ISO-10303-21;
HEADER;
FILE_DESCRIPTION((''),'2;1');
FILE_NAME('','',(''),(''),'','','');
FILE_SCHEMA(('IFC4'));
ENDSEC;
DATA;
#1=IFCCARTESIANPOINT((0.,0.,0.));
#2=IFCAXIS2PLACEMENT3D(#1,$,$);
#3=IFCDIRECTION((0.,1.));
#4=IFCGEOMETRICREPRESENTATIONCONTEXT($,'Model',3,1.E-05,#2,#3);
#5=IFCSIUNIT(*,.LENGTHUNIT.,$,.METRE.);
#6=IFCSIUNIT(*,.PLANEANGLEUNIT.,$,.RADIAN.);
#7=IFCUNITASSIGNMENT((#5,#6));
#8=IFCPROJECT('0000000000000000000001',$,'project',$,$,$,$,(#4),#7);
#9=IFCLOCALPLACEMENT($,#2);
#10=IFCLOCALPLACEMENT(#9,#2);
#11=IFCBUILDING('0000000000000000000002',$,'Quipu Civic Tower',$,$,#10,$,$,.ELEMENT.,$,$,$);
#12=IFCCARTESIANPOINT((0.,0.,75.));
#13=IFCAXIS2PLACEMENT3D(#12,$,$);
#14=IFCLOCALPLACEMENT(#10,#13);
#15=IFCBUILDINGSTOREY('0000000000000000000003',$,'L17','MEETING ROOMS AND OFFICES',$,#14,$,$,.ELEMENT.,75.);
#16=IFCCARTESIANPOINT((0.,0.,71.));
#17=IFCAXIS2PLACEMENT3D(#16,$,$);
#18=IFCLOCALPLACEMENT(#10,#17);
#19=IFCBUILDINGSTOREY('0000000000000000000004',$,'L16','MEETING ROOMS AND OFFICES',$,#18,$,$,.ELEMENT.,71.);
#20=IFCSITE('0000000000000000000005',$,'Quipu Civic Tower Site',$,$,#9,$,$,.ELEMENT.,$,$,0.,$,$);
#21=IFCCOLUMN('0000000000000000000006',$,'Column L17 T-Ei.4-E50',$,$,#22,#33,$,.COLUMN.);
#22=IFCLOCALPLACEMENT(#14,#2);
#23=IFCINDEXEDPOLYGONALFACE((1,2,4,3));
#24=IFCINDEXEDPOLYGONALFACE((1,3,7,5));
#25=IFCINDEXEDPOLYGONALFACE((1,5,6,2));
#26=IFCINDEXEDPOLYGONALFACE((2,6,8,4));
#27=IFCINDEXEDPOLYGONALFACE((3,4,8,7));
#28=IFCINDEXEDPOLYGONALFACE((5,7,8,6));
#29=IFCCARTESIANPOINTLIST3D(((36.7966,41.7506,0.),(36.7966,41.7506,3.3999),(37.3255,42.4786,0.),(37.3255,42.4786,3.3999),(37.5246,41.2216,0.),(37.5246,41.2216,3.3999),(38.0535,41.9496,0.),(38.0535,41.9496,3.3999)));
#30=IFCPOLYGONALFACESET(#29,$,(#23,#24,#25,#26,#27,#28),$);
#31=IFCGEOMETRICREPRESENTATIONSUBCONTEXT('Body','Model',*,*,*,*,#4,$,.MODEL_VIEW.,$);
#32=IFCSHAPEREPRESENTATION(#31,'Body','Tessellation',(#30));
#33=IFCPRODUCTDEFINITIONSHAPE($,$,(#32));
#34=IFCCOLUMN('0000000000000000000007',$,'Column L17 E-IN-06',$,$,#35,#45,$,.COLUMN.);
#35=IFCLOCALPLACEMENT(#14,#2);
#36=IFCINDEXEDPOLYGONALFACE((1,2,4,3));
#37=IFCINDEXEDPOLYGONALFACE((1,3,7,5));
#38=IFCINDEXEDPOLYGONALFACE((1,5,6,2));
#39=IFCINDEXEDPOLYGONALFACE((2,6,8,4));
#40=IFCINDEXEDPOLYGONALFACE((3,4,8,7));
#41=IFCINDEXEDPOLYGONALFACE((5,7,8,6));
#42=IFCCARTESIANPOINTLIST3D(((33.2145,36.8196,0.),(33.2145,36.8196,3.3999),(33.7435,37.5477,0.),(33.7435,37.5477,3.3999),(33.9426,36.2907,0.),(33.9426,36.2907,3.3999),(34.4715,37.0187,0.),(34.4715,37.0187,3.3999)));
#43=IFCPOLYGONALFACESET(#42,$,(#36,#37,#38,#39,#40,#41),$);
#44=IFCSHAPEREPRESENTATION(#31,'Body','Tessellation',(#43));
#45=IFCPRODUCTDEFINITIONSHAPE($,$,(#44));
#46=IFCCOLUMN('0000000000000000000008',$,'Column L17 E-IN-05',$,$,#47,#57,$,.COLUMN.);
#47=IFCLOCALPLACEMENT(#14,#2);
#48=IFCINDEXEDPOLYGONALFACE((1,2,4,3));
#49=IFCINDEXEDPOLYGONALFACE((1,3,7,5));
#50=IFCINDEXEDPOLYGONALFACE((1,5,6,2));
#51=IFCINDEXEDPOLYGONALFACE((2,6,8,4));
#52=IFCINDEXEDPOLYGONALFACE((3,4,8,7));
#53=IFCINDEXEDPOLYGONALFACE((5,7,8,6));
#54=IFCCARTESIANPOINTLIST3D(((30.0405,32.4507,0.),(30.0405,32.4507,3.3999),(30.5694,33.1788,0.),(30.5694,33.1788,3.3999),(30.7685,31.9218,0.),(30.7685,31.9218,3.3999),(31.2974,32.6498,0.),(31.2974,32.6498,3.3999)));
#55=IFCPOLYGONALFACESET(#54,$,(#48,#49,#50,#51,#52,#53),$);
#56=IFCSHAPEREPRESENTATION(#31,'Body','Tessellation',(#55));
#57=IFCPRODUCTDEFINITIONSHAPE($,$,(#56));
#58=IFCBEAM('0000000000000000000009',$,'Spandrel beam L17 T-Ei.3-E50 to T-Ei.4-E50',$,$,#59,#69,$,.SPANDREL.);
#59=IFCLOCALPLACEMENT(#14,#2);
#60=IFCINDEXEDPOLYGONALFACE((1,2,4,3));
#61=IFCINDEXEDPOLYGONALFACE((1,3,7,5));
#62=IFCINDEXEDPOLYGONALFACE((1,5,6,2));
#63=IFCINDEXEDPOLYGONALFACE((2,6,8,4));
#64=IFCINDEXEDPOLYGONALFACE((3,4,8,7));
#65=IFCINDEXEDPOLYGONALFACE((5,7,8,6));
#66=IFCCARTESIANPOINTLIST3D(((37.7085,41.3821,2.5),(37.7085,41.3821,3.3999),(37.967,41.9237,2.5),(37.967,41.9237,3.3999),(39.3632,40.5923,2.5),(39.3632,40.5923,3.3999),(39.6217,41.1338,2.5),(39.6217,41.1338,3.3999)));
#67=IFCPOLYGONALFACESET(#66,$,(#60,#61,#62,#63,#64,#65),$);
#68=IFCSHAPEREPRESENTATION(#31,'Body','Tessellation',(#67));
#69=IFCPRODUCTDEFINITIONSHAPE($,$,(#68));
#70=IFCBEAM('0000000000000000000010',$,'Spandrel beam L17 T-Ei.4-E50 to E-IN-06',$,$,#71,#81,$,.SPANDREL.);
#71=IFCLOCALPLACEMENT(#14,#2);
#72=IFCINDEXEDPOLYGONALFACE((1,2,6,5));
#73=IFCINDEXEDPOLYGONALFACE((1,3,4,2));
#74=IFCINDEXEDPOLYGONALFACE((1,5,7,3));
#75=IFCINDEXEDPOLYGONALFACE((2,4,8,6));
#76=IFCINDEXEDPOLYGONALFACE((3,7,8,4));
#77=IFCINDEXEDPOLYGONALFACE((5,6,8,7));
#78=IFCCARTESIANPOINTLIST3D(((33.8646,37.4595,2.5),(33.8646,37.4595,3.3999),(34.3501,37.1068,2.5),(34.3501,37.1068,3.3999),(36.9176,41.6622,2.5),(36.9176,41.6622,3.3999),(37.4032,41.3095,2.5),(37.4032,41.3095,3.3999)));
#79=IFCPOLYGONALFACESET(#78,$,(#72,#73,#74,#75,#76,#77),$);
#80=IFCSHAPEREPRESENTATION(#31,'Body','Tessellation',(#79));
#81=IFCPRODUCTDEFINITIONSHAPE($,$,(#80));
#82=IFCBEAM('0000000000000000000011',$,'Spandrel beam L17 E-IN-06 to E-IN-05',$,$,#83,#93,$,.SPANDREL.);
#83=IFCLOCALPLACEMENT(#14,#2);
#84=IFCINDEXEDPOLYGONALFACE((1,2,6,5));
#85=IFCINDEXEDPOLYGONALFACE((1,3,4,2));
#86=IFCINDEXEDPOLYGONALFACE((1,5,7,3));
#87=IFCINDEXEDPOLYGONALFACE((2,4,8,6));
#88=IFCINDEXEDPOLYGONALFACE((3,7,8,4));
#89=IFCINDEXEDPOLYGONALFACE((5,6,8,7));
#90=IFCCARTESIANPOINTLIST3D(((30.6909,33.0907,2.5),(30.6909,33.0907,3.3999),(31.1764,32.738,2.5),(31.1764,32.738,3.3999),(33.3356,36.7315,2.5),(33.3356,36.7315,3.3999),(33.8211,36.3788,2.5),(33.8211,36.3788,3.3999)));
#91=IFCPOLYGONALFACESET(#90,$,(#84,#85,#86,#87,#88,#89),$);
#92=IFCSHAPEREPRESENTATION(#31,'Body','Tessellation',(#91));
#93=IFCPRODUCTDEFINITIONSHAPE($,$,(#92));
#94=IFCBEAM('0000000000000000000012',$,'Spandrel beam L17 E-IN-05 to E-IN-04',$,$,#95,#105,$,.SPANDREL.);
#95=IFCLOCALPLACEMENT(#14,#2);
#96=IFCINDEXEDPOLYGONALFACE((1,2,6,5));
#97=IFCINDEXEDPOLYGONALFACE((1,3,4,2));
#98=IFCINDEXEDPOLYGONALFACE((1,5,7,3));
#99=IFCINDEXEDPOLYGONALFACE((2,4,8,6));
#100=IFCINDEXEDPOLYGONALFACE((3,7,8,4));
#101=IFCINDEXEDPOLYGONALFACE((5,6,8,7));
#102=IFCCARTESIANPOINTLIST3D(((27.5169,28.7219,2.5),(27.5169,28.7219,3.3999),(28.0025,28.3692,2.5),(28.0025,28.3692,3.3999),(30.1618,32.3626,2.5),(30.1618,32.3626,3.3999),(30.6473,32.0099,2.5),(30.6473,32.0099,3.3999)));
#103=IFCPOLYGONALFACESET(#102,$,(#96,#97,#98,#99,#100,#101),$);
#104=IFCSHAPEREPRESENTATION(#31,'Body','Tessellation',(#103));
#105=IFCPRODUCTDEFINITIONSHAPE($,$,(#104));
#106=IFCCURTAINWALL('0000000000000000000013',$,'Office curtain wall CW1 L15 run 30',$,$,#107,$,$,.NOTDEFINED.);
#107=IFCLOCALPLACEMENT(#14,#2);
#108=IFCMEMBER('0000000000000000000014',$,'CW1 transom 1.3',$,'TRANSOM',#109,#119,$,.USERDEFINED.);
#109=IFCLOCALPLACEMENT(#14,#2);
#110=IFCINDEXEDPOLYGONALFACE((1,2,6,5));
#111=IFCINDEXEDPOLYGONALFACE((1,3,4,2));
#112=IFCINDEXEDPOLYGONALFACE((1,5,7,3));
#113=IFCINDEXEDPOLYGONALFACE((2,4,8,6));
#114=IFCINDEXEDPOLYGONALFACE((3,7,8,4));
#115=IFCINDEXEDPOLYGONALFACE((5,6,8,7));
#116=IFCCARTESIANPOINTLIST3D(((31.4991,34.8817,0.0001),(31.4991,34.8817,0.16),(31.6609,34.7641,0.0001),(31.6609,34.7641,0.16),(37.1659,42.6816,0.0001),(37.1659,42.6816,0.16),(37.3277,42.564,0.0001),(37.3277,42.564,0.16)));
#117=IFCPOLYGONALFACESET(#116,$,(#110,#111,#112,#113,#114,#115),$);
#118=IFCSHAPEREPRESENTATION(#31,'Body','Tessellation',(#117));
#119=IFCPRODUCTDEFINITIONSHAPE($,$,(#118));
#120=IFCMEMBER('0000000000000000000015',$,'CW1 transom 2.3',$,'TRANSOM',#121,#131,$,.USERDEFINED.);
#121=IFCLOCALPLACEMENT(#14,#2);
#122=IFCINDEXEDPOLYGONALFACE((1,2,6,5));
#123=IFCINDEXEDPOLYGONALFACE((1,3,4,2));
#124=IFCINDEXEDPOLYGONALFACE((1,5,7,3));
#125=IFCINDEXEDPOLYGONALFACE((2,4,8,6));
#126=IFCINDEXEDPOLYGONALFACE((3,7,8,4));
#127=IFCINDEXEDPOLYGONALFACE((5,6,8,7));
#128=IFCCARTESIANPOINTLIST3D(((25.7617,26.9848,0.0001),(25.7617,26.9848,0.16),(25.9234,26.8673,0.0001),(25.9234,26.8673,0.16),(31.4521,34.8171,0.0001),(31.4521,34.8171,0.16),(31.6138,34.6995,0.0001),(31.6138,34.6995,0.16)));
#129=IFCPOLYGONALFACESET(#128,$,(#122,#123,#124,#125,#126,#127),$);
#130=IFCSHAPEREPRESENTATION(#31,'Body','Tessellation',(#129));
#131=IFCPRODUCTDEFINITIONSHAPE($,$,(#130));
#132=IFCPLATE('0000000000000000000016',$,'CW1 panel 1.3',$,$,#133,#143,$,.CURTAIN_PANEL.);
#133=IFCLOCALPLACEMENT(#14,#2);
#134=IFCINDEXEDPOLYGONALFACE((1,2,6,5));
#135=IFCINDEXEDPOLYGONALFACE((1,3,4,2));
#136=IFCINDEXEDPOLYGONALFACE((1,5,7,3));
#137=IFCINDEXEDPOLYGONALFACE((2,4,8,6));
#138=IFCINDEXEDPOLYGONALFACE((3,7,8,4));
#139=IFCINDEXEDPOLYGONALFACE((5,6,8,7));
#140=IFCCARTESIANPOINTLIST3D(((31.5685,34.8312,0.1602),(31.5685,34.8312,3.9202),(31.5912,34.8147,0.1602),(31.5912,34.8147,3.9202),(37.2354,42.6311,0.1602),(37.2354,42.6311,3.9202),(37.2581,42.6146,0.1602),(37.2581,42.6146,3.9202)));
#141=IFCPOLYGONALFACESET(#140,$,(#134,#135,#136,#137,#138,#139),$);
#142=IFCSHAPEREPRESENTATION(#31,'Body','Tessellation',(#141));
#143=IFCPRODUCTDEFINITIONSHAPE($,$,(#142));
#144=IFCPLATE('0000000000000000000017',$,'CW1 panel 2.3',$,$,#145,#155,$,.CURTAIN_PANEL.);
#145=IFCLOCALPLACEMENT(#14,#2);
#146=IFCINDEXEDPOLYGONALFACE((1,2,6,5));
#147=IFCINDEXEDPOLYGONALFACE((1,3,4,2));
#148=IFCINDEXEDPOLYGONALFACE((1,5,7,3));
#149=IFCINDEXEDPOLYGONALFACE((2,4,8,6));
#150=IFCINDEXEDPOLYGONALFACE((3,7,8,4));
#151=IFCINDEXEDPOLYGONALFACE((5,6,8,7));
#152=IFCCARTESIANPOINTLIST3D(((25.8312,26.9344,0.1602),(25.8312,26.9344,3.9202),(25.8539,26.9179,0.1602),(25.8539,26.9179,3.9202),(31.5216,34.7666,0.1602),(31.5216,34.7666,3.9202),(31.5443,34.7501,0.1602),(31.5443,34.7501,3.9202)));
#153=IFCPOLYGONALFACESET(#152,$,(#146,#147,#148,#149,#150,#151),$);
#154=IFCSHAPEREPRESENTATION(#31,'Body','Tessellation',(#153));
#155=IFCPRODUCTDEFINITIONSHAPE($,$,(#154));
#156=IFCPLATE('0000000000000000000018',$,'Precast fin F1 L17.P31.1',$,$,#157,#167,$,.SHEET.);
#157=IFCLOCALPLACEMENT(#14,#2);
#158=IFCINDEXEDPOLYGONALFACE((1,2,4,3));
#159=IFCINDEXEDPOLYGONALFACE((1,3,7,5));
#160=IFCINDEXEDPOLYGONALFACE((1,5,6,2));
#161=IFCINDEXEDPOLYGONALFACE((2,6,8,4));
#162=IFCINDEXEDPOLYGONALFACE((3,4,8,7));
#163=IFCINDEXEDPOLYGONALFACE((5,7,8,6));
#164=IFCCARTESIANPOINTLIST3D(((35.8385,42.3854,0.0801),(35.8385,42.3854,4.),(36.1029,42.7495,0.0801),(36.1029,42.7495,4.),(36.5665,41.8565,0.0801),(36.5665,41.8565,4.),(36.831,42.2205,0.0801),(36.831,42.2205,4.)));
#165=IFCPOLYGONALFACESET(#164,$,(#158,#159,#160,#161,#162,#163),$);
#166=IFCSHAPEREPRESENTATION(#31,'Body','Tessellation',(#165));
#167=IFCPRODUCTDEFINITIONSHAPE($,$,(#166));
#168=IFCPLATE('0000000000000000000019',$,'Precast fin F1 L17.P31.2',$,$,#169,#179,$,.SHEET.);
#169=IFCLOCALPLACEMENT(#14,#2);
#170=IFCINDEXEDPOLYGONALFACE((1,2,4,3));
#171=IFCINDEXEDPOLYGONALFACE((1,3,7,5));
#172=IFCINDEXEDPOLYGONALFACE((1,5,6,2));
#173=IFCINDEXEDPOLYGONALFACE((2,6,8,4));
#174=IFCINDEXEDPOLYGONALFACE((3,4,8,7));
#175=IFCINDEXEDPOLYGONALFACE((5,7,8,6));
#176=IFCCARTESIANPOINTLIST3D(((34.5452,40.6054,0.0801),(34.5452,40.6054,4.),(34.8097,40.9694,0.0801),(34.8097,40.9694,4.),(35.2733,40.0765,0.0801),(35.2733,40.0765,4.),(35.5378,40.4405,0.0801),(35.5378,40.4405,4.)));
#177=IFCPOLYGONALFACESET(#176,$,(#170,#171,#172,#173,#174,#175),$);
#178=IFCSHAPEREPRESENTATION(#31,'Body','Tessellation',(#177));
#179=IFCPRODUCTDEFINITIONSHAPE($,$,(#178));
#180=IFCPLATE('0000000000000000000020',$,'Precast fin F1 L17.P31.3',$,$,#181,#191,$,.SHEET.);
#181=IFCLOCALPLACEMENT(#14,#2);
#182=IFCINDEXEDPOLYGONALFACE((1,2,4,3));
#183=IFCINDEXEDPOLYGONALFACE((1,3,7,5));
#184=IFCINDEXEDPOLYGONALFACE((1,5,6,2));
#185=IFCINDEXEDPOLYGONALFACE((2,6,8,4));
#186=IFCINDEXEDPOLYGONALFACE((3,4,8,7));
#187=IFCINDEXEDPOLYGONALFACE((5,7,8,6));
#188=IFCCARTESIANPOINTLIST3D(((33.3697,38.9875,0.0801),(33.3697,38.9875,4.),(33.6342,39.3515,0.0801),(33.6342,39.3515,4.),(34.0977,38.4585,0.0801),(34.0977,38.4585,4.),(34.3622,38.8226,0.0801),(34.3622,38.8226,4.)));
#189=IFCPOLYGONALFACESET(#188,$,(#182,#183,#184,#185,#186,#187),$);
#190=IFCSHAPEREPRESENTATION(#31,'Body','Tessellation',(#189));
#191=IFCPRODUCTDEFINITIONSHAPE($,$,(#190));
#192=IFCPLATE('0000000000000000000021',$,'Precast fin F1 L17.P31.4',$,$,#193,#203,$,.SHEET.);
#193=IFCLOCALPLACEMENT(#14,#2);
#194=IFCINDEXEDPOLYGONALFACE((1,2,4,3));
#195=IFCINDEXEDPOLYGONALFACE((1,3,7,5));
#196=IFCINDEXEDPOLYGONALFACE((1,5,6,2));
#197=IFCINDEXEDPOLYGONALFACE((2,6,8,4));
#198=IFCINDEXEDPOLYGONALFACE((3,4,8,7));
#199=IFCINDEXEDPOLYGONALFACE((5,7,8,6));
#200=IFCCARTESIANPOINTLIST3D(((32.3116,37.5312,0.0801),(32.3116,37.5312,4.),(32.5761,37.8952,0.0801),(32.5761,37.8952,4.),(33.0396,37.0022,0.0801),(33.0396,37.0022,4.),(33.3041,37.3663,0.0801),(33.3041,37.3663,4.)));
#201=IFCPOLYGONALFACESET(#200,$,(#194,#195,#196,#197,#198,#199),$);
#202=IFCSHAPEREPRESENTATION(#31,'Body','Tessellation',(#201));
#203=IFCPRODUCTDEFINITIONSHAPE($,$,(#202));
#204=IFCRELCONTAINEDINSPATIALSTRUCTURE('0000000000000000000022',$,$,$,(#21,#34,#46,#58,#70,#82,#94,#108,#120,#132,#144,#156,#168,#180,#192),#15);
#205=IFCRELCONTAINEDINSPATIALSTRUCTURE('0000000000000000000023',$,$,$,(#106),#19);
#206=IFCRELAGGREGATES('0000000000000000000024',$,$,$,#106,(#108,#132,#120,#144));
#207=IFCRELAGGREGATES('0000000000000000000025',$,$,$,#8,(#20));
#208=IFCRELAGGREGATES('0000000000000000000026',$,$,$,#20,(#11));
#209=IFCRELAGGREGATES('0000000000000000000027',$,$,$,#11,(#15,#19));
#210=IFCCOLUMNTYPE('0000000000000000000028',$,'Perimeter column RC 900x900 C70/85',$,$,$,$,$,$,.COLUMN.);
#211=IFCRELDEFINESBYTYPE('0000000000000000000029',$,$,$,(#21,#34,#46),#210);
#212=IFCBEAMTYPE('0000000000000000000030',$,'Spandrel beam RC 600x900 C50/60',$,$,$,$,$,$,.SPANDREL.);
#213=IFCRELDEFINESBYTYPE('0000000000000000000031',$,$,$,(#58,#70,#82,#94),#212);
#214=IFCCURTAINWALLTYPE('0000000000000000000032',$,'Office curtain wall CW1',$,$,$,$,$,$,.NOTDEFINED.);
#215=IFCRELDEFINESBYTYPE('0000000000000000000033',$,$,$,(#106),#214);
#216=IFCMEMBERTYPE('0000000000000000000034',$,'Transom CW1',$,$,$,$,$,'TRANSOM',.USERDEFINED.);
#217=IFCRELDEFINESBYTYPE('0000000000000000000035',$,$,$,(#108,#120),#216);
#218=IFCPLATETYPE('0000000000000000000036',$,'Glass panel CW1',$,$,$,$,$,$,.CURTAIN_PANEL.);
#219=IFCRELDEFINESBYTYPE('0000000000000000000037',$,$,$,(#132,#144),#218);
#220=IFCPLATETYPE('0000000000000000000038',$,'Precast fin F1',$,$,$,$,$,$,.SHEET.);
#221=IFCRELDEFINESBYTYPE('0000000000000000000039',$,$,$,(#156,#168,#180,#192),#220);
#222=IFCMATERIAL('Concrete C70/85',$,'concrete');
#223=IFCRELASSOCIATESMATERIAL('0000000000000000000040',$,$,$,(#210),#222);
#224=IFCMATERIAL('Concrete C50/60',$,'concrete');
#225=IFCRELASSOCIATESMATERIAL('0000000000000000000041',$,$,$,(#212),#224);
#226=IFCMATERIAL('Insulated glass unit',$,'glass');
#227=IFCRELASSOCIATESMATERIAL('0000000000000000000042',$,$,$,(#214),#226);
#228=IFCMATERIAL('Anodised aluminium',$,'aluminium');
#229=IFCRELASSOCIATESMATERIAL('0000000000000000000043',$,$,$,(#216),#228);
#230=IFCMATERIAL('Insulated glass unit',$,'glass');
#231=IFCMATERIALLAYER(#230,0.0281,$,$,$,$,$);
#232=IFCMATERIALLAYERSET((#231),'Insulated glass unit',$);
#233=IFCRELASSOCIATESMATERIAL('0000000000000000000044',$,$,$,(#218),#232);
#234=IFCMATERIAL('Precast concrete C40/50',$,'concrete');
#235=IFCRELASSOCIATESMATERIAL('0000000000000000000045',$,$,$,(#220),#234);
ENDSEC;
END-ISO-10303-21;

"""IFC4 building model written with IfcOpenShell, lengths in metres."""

from ifc_helpers import new_model, si_unit, direction, frame, origin, origin_2d, place, context, subcontext, project, spatial, rectangle, extrude, material, layer, layer_set, material_profile, profile_set, type_object, element, aggregate, save


model = new_model("IFC4")

# Units and contexts
model_context = context("Model", 3, precision=1e-05, world=origin(), true_north=direction((0.0, 1.0)))
body_context = subcontext(model_context, "Body", "Model", "MODEL_VIEW")
ifc_project = project(units=[si_unit("LENGTHUNIT", "METRE"), si_unit("PLANEANGLEUNIT", "RADIAN")], contexts=[model_context])

# Site, building, storey
site_placement = place(None, origin())
site = spatial("IfcSite", under=ifc_project, at=site_placement, Name="Quipu Civic Tower Site", CompositionType="ELEMENT", RefElevation=0.0)
building_placement = place(site_placement, origin())
building = spatial("IfcBuilding", under=site, at=building_placement, Name="Quipu Civic Tower", CompositionType="ELEMENT")
storey_1_placement = place(building_placement, frame((0.0, 0.0, 75.0)))
storey_1 = spatial("IfcBuildingStorey", under=building, at=storey_1_placement, Name="L17", Description="MEETING ROOMS AND OFFICES", CompositionType="ELEMENT", Elevation=75.0)

# Columns
ifc_material_1 = material(Name="Concrete C70/85", Category="concrete")
ifc_material_profile_1 = material_profile(ifc_material_1, rectangle(XDim=0.8999, YDim=0.8999, at=origin_2d()), Name="RC900x900")
ifc_profile_set_1 = profile_set([ifc_material_profile_1], Name="Concrete C70/85")
column_type = type_object("IfcColumnType", Name="Perimeter column RC 900x900 C70/85", PredefinedType="COLUMN", material=ifc_profile_set_1)
for number, where, z_axis, x_axis, name in (
    (1, (37.425, 41.8501, 0.0), (0.0, 0.0, 1.0), (-0.587785, -0.809017, 0.0), "Column L17 T-Ei.4-E50"),
    (2, (33.843, 36.9192, 0.0), (0.0, 0.0, 1.0), (-0.587785, -0.809017, 0.0), "Column L17 E-IN-06"),
    (3, (30.6689, 32.5503, 0.0), (0.0, 0.0, 1.0), (-0.587785, -0.809017, 0.0), "Column L17 E-IN-05"),
):
    element("IfcColumn", number, at=place(storey_1_placement, frame(where, z_axis=z_axis, x_axis=x_axis)), inside=storey_1, type_object=column_type, Name=name, PredefinedType="COLUMN", context=body_context, shape_type="SweptSolid", body=[
        extrude(rectangle(XDim=0.8999, YDim=0.8999, at=origin_2d()), origin(), (0.0, 0.0, 1.0), 3.3999),
    ])

# Beams
ifc_material_2 = material(Name="Concrete C50/60", Category="concrete")
ifc_material_profile_2 = material_profile(ifc_material_2, rectangle(XDim=0.6001, YDim=0.8999, at=origin_2d()), Name="RC600x900")
ifc_profile_set_2 = profile_set([ifc_material_profile_2], Name="Concrete C50/60")
beam_type = type_object("IfcBeamType", Name="Spandrel beam RC 600x900 C50/60", PredefinedType="SPANDREL", material=ifc_profile_set_2)
beam_1_placement = place(storey_1_placement, frame((39.4924, 40.863, 2.95), z_axis=(-0.902454, 0.430786, 0.0), x_axis=(-0.430786, -0.902454, 0.0)))
element("IfcBeam", 4, at=beam_1_placement, inside=storey_1, type_object=beam_type, Name="Spandrel beam L17 T-Ei.3-E50 to T-Ei.4-E50", PredefinedType="SPANDREL", context=body_context, shape_type="SweptSolid", body=[
    extrude(rectangle(XDim=0.6001, YDim=0.8999, at=origin_2d()), origin(), (0.0, 0.0, 1.0), 1.8335),
])
beam_2_placement = place(storey_1_placement, frame((37.1604, 41.4858, 2.95), z_axis=(-0.587733, -0.809055, 0.0), x_axis=(0.809055, -0.587733, 0.0)))
element("IfcBeam", 5, at=beam_2_placement, inside=storey_1, type_object=beam_type, Name="Spandrel beam L17 T-Ei.4-E50 to E-IN-06", PredefinedType="SPANDREL", context=body_context, shape_type="SweptSolid", body=[
    extrude(rectangle(XDim=0.6001, YDim=0.8999, at=origin_2d()), origin(), (0.0, 0.0, 1.0), 5.1946),
])
for number, where, z_axis, x_axis, name in (
    (6, (33.5784, 36.5552, 2.95), (-0.587717, -0.809067, 0.0), (0.809067, -0.587717, 0.0), "Spandrel beam L17 E-IN-06 to E-IN-05"),
    (7, (30.4045, 32.1863, 2.95), (-0.587743, -0.809048, 0.0), (0.809048, -0.587743, 0.0), "Spandrel beam L17 E-IN-05 to E-IN-04"),
):
    element("IfcBeam", number, at=place(storey_1_placement, frame(where, z_axis=z_axis, x_axis=x_axis)), inside=storey_1, type_object=beam_type, Name=name, PredefinedType="SPANDREL", context=body_context, shape_type="SweptSolid", body=[
        extrude(rectangle(XDim=0.6001, YDim=0.8999, at=origin_2d()), origin(), (0.0, 0.0, 1.0), 4.5),
    ])

# Shared definitions
storey_2_placement = place(building_placement, frame((0.0, 0.0, 71.0)))
storey_2 = spatial("IfcBuildingStorey", under=building, at=storey_2_placement, Name="L16", Description="MEETING ROOMS AND OFFICES", CompositionType="ELEMENT", Elevation=71.0)

# Curtain wall, members, plates
ifc_material_3 = material(Name="Insulated glass unit", Category="glass")
curtain_wall_type = type_object("IfcCurtainWallType", Name="Office curtain wall CW1", PredefinedType="NOTDEFINED", material=ifc_material_3)
curtain_wall_placement = place(storey_2_placement, origin())
curtain_wall = element("IfcCurtainWall", 8, at=curtain_wall_placement, inside=storey_2, type_object=curtain_wall_type, Name="Office curtain wall CW1 L15 run 30", PredefinedType="NOTDEFINED")
ifc_material_4 = material(Name="Anodised aluminium", Category="aluminium")
ifc_material_profile_3 = material_profile(ifc_material_4, rectangle(XDim=0.2, YDim=0.1599, at=origin_2d()), Name="RECT 200x160")
ifc_profile_set_3 = profile_set([ifc_material_profile_3], Name="Anodised aluminium")
member_type = type_object("IfcMemberType", Name="Transom CW1", ElementType="TRANSOM", PredefinedType="USERDEFINED", material=ifc_profile_set_3)
member_1_placement = place(storey_1_placement, frame((37.2468, 42.6228, 0.0801), z_axis=(-0.587776, -0.809024, 0.0), x_axis=(0.809024, -0.587776, 0.0)))
member_1 = element("IfcMember", 9, at=member_1_placement, inside=storey_1, type_object=member_type, Name="CW1 transom 1.3", ObjectType="TRANSOM", PredefinedType="USERDEFINED", context=body_context, shape_type="SweptSolid", body=[
    extrude(rectangle(XDim=0.2, YDim=0.1599, at=origin_2d()), origin(), (0.0, 0.0, 1.0), 9.6411),
])
member_2_placement = place(storey_1_placement, frame((31.533, 34.7583, 0.0801), z_axis=(-0.587782, -0.80902, 0.0), x_axis=(0.80902, -0.587782, 0.0)))
member_2 = element("IfcMember", 10, at=member_2_placement, inside=storey_1, type_object=member_type, Name="CW1 transom 2.3", ObjectType="TRANSOM", PredefinedType="USERDEFINED", context=body_context, shape_type="SweptSolid", body=[
    extrude(rectangle(XDim=0.2, YDim=0.1599, at=origin_2d()), origin(), (0.0, 0.0, 1.0), 9.6812),
])
ifc_material_5 = material(Name="Insulated glass unit", Category="glass")
ifc_layer_1 = layer(ifc_material_5, 0.0281)
ifc_layer_set_1 = layer_set([ifc_layer_1], Name="Insulated glass unit")
plate_type_1 = type_object("IfcPlateType", Name="Glass panel CW1", PredefinedType="CURTAIN_PANEL", material=ifc_layer_set_1)
plate_1_placement = place(storey_1_placement, frame((34.4133, 38.7229, 0.1602), z_axis=(0.0, 0.0, 1.0), x_axis=(-0.587786, -0.809017, 0.0)))
plate_1 = element("IfcPlate", 11, at=plate_1_placement, inside=storey_1, type_object=plate_type_1, Name="CW1 panel 1.3", PredefinedType="CURTAIN_PANEL", context=body_context, shape_type="SweptSolid", body=[
    extrude(rectangle(XDim=9.6411, YDim=0.0281, at=origin_2d()), origin(), (0.0, 0.0, 1.0), 3.76),
])
plate_2_placement = place(storey_1_placement, frame((28.6877, 30.8423, 0.1602), z_axis=(0.0, 0.0, 1.0), x_axis=(-0.587786, -0.809017, 0.0)))
plate_2 = element("IfcPlate", 12, at=plate_2_placement, inside=storey_1, type_object=plate_type_1, Name="CW1 panel 2.3", PredefinedType="CURTAIN_PANEL", context=body_context, shape_type="SweptSolid", body=[
    extrude(rectangle(XDim=9.6812, YDim=0.0281, at=origin_2d()), origin(), (0.0, 0.0, 1.0), 3.76),
])
aggregate(curtain_wall, [member_1, plate_1, member_2, plate_2])

# Plates
ifc_material_6 = material(Name="Precast concrete C40/50", Category="concrete")
plate_type_2 = type_object("IfcPlateType", Name="Precast fin F1", PredefinedType="SHEET", material=ifc_material_6)
for number, where, z_axis, x_axis, name in (
    (13, (36.3347, 42.303, 0.0801), (0.0, 0.0, 1.0), (-0.587785, -0.809017, 0.0), "Precast fin F1 L17.P31.1"),
    (14, (35.0415, 40.5229, 0.0801), (0.0, 0.0, 1.0), (-0.587785, -0.809017, 0.0), "Precast fin F1 L17.P31.2"),
    (15, (33.866, 38.905, 0.0801), (0.0, 0.0, 1.0), (-0.587785, -0.809017, 0.0), "Precast fin F1 L17.P31.3"),
    (16, (32.8079, 37.4487, 0.0801), (0.0, 0.0, 1.0), (-0.587785, -0.809017, 0.0), "Precast fin F1 L17.P31.4"),
):
    element("IfcPlate", number, at=place(storey_1_placement, frame(where, z_axis=z_axis, x_axis=x_axis)), inside=storey_1, type_object=plate_type_2, Name=name, PredefinedType="SHEET", context=body_context, shape_type="SweptSolid", body=[
        extrude(rectangle(XDim=0.45, YDim=0.8999, at=origin_2d()), origin(), (0.0, 0.0, 1.0), 3.9199),
    ])

save(model, "model.ifc")
